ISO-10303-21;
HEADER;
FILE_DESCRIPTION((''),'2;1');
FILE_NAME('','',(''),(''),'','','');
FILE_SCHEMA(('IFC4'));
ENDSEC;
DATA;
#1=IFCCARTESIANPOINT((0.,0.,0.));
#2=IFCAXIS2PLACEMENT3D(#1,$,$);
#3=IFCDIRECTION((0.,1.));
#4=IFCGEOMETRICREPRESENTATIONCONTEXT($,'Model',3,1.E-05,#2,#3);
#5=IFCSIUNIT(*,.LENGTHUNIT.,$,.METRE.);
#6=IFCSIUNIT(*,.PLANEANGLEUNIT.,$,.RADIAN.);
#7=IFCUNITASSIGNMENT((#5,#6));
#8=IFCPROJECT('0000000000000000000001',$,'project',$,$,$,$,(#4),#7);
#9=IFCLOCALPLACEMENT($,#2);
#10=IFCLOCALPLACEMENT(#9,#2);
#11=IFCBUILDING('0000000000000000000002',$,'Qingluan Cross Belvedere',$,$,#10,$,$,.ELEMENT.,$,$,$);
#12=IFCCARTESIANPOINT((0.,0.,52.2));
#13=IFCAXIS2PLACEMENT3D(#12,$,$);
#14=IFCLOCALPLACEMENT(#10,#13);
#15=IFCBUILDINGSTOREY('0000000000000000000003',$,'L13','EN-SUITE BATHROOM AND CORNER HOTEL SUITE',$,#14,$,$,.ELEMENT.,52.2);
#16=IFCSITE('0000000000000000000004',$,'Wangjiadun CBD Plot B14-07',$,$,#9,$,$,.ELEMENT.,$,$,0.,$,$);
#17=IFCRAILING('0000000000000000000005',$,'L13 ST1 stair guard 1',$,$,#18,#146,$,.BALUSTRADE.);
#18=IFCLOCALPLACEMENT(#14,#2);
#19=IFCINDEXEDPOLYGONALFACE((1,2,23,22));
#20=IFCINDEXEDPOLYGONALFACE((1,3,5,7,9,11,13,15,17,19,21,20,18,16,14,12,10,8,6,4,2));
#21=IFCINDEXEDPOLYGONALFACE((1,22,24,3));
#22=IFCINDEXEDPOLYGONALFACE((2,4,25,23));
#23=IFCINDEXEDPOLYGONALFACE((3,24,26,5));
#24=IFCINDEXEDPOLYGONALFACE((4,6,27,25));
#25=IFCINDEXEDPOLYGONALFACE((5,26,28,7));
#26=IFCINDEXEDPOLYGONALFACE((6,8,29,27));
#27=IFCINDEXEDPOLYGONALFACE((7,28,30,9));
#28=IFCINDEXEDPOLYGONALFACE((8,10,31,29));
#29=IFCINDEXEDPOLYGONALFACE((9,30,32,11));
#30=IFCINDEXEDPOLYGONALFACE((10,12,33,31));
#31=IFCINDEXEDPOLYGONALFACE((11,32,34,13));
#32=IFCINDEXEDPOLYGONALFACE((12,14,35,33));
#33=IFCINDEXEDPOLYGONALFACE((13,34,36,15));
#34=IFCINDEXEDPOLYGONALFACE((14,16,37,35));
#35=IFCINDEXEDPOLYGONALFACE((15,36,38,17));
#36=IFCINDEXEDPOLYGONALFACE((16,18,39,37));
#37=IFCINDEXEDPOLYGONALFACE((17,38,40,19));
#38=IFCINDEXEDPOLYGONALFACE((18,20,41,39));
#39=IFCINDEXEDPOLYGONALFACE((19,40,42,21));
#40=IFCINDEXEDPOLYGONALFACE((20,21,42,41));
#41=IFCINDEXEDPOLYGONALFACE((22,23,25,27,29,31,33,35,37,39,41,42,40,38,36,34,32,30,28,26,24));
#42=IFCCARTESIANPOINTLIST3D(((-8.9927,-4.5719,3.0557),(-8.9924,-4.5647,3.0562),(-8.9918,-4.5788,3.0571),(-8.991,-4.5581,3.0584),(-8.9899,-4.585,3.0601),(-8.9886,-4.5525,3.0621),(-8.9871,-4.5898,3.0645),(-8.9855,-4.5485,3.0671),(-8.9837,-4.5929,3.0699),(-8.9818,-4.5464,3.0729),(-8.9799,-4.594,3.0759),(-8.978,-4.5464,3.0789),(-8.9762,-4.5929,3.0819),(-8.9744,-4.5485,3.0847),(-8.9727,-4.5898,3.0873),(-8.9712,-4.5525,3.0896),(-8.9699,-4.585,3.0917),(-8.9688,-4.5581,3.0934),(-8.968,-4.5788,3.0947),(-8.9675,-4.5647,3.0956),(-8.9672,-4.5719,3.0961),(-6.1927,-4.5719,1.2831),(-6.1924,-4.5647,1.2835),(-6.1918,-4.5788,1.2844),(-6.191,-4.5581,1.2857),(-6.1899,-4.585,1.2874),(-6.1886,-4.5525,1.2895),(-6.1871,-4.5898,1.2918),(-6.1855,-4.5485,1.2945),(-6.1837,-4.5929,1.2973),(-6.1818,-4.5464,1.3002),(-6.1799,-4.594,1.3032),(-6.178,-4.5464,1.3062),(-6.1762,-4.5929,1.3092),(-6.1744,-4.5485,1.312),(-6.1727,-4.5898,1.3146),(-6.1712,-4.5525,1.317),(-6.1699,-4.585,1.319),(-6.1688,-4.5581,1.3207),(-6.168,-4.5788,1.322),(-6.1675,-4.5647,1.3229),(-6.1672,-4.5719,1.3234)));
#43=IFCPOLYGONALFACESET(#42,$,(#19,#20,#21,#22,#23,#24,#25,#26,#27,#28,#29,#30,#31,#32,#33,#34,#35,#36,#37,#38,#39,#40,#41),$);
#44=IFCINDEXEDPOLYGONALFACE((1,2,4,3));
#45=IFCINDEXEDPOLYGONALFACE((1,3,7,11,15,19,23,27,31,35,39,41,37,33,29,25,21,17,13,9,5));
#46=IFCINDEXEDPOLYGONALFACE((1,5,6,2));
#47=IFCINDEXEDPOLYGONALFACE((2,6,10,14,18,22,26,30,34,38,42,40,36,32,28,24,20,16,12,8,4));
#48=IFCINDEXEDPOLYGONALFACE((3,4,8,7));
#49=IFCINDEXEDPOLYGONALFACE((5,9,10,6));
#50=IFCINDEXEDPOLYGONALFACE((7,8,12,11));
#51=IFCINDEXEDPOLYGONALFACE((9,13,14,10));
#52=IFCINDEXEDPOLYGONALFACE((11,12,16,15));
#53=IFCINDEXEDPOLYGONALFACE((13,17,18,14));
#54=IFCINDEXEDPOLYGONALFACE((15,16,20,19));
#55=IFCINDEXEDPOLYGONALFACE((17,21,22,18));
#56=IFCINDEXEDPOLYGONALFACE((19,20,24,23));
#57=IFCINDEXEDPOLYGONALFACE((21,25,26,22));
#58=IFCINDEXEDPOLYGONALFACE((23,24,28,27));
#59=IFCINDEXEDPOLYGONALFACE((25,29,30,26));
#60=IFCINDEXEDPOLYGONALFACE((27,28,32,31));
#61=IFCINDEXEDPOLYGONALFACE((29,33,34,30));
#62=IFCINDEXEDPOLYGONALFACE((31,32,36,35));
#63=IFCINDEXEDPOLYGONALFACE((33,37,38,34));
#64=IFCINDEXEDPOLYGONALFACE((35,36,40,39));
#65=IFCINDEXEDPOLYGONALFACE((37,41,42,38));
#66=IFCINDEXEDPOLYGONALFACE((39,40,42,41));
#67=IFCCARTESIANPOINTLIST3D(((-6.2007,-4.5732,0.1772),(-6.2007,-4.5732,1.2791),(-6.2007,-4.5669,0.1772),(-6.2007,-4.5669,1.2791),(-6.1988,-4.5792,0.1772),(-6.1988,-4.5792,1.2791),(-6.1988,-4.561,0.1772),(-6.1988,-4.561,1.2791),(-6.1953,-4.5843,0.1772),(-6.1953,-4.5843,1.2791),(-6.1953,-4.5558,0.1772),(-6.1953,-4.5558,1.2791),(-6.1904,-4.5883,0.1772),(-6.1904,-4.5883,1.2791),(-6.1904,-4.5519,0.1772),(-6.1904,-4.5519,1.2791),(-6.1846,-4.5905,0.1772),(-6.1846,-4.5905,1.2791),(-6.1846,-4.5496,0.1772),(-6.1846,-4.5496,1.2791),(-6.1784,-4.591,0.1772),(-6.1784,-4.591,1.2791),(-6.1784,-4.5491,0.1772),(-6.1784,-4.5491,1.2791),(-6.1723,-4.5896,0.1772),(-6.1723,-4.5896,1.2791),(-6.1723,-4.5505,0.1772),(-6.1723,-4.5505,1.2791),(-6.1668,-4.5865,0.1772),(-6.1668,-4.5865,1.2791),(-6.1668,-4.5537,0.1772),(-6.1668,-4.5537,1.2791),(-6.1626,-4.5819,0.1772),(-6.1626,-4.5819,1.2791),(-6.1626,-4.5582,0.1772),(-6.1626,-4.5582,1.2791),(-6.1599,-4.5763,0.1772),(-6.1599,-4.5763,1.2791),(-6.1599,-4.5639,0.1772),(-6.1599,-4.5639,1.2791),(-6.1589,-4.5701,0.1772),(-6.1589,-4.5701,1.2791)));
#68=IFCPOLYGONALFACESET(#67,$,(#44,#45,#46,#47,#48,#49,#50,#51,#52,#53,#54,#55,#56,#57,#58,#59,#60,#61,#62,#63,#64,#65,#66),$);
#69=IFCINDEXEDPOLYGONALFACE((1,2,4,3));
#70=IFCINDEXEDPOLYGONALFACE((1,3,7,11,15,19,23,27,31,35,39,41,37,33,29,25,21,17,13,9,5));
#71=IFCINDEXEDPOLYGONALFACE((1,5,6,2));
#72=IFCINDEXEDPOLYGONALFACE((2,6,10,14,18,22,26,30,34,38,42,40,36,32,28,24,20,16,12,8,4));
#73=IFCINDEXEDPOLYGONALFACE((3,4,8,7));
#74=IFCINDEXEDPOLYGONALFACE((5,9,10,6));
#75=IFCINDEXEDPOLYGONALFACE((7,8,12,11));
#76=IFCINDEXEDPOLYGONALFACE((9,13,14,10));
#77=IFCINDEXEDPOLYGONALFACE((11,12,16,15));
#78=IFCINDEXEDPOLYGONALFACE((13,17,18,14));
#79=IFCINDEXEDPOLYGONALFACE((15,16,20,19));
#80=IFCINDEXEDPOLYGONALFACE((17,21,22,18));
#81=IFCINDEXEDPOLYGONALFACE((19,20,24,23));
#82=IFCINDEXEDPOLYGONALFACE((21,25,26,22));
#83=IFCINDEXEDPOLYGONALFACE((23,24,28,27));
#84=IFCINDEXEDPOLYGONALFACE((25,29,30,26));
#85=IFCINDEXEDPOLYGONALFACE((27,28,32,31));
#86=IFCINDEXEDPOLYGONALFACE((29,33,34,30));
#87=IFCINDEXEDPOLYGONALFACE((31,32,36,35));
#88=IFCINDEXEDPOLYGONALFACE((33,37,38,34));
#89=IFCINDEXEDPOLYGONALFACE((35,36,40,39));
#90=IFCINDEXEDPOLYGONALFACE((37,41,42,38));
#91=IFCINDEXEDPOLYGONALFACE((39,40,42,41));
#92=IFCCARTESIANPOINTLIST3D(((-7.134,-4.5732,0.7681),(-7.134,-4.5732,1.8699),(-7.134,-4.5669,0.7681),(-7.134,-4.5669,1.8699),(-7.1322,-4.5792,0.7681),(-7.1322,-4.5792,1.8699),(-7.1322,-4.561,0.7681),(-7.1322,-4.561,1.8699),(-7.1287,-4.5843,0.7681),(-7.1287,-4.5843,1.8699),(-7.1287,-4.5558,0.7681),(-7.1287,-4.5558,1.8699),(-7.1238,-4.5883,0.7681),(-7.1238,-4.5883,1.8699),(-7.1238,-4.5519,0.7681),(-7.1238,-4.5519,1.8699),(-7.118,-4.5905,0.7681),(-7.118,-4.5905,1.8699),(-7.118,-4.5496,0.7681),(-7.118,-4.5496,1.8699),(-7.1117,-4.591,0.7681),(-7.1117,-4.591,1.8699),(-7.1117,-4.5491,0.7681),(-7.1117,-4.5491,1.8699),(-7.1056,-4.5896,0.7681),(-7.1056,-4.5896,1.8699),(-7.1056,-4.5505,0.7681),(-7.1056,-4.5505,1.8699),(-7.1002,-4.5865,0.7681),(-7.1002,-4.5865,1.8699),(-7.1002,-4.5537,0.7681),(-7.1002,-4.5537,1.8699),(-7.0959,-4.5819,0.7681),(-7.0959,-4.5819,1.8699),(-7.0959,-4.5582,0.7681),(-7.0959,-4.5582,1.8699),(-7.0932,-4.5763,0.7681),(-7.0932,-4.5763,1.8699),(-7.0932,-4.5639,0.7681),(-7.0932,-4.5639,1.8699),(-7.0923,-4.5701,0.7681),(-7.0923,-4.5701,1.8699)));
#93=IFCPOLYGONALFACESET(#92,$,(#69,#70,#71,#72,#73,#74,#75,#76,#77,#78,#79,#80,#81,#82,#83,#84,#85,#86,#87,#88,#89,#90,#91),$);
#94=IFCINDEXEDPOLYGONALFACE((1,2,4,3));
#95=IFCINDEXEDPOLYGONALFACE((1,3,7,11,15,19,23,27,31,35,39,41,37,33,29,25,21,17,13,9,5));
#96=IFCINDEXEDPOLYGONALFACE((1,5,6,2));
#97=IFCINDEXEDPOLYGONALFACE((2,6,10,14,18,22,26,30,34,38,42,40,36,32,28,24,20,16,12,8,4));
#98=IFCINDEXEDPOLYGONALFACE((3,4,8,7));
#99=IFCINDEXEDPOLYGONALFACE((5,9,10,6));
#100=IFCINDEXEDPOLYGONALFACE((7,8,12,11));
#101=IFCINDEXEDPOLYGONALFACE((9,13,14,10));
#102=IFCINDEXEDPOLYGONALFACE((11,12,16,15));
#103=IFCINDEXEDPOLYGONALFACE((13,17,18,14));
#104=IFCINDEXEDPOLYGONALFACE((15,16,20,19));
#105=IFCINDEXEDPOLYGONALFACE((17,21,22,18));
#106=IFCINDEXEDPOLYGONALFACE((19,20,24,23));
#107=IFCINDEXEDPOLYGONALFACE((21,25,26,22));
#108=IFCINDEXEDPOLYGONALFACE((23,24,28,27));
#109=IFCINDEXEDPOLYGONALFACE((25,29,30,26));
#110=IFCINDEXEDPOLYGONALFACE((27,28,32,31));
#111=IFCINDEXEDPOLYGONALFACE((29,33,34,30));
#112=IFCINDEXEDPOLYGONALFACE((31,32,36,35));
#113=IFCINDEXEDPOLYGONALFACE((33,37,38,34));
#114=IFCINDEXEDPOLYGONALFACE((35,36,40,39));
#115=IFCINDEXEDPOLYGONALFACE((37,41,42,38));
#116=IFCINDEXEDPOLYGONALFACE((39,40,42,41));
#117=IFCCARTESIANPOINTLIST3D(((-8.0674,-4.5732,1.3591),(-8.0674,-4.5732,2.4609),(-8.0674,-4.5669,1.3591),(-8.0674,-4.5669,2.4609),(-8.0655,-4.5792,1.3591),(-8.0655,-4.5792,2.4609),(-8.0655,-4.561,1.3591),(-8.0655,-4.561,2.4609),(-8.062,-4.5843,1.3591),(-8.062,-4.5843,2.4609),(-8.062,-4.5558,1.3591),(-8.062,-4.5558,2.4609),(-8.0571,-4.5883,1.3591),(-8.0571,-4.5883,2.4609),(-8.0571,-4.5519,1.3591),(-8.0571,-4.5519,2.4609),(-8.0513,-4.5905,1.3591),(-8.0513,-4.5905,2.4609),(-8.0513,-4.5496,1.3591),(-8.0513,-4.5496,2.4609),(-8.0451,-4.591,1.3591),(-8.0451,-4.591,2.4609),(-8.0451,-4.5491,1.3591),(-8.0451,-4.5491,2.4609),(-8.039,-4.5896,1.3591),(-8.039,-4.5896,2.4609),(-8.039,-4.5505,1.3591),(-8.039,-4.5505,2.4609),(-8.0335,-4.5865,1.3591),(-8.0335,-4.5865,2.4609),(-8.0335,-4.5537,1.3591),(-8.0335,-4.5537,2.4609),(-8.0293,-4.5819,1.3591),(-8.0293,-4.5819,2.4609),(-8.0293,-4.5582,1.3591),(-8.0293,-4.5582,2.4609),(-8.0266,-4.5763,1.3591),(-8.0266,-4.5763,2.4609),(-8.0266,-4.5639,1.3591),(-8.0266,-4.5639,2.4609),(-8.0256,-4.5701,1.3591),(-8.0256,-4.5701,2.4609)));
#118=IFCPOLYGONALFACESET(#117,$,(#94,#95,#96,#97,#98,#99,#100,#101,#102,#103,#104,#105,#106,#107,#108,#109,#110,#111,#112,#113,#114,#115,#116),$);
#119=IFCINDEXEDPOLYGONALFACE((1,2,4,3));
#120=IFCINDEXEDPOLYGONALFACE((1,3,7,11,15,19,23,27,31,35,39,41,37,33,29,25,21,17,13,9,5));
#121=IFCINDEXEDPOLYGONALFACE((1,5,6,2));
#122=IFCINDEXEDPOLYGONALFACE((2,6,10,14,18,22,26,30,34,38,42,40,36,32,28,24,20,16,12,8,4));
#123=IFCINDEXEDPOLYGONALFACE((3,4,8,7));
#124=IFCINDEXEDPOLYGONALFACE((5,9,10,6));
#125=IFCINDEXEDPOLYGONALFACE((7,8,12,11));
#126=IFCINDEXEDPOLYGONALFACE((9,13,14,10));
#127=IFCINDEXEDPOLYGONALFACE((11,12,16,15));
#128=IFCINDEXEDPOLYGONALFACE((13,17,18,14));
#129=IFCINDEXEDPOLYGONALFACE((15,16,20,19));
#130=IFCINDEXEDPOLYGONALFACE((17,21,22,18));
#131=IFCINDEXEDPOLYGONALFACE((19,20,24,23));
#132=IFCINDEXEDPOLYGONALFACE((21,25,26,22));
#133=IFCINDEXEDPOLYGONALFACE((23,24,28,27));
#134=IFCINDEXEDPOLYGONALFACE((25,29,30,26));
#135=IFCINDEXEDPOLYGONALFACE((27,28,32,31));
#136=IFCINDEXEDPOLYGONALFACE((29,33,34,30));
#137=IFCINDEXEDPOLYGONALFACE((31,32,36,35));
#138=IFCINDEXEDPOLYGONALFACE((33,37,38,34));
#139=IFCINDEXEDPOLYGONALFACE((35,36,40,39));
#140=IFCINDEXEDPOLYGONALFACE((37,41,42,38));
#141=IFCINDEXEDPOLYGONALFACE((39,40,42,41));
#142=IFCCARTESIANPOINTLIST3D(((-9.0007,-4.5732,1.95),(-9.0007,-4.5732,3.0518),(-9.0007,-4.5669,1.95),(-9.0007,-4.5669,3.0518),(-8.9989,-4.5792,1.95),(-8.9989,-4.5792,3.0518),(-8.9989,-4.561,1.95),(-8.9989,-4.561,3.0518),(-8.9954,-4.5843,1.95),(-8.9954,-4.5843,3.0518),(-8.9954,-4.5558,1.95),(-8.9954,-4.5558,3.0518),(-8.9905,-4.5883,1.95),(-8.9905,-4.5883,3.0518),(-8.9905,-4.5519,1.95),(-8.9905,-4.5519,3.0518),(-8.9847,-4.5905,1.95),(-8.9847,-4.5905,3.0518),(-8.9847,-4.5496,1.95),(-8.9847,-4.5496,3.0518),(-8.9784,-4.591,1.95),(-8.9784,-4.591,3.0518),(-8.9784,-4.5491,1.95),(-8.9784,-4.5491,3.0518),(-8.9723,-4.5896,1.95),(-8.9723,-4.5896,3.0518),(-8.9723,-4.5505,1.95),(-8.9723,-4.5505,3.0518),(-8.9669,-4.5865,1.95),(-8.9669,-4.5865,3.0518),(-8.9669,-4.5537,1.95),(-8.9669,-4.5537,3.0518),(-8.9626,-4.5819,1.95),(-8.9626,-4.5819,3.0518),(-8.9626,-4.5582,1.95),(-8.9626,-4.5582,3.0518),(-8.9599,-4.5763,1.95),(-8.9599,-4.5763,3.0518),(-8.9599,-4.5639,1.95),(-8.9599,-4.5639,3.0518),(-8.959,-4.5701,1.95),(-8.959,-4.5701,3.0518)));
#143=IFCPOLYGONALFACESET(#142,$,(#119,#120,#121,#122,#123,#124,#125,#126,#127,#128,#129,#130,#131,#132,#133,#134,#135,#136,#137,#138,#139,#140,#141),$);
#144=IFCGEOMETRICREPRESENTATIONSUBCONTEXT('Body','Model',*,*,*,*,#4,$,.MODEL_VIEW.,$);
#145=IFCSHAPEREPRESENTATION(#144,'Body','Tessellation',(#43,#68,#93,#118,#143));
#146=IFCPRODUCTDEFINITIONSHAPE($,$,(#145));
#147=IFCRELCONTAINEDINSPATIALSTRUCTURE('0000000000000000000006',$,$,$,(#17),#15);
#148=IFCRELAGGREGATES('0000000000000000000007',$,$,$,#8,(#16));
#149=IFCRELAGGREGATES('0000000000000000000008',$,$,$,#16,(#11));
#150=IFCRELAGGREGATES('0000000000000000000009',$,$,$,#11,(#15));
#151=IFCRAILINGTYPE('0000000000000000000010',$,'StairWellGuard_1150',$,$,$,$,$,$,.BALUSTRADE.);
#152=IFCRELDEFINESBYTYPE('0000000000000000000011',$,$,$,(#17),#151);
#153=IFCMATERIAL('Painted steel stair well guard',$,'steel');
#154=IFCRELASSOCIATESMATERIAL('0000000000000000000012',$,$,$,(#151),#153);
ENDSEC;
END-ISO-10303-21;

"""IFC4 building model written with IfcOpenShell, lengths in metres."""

from ifc_helpers import new_model, si_unit, direction, frame, origin, origin_2d, place, context, subcontext, project, spatial, circle, extrude, material, type_object, element, save


model = new_model("IFC4")

# Units and contexts
model_context = context("Model", 3, precision=1e-05, world=origin(), true_north=direction((0.0, 1.0)))
body_context = subcontext(model_context, "Body", "Model", "MODEL_VIEW")
ifc_project = project(units=[si_unit("LENGTHUNIT", "METRE"), si_unit("PLANEANGLEUNIT", "RADIAN")], contexts=[model_context])

# Site, building, storey
site_placement = place(None, origin())
site = spatial("IfcSite", under=ifc_project, at=site_placement, Name="Wangjiadun CBD Plot B14-07", CompositionType="ELEMENT", RefElevation=0.0)
building_placement = place(site_placement, origin())
building = spatial("IfcBuilding", under=site, at=building_placement, Name="Qingluan Cross Belvedere", CompositionType="ELEMENT")
storey_placement = place(building_placement, frame((0.0, 0.0, 52.2)))
storey = spatial("IfcBuildingStorey", under=building, at=storey_placement, Name="L13", Description="EN-SUITE BATHROOM AND CORNER HOTEL SUITE", CompositionType="ELEMENT", Elevation=52.2)

# Railing
ifc_material_1 = material(Name="Painted steel stair well guard", Category="steel")
railing_type_1 = type_object("IfcRailingType", Name="StairWellGuard_1150", PredefinedType="BALUSTRADE", material=ifc_material_1)
railing_1_placement = place(storey_placement, frame((-6.1799, -4.5701, 0.1772)))
element("IfcRailing", 1, at=railing_1_placement, inside=storey, type_object=railing_type_1, Name="L13 ST1 stair guard 1", PredefinedType="BALUSTRADE", context=body_context, shape_type="SweptSolid", body=[
    extrude(circle(Radius=0.0239, at=origin_2d()), frame((0.0, 0.0, 1.126), z_axis=(-0.844909, 0.0, 0.53491), x_axis=(0.0, -1.0, 0.0)), (0.0, 0.0, 1.0), 3.314),
    extrude(circle(Radius=0.021, at=origin_2d()), origin(), (0.0, 0.0, 1.0), 1.1018),
    extrude(circle(Radius=0.021, at=origin_2d()), frame((-0.9333, 0.0, 0.5908)), (0.0, 0.0, 1.0), 1.1018),
    extrude(circle(Radius=0.021, at=origin_2d()), frame((-1.8667, 0.0, 1.1819)), (0.0, 0.0, 1.0), 1.1018),
    extrude(circle(Radius=0.021, at=origin_2d()), frame((-2.8, 0.0, 1.7727)), (0.0, 0.0, 1.0), 1.1018),
])

save(model, "model.ifc")
